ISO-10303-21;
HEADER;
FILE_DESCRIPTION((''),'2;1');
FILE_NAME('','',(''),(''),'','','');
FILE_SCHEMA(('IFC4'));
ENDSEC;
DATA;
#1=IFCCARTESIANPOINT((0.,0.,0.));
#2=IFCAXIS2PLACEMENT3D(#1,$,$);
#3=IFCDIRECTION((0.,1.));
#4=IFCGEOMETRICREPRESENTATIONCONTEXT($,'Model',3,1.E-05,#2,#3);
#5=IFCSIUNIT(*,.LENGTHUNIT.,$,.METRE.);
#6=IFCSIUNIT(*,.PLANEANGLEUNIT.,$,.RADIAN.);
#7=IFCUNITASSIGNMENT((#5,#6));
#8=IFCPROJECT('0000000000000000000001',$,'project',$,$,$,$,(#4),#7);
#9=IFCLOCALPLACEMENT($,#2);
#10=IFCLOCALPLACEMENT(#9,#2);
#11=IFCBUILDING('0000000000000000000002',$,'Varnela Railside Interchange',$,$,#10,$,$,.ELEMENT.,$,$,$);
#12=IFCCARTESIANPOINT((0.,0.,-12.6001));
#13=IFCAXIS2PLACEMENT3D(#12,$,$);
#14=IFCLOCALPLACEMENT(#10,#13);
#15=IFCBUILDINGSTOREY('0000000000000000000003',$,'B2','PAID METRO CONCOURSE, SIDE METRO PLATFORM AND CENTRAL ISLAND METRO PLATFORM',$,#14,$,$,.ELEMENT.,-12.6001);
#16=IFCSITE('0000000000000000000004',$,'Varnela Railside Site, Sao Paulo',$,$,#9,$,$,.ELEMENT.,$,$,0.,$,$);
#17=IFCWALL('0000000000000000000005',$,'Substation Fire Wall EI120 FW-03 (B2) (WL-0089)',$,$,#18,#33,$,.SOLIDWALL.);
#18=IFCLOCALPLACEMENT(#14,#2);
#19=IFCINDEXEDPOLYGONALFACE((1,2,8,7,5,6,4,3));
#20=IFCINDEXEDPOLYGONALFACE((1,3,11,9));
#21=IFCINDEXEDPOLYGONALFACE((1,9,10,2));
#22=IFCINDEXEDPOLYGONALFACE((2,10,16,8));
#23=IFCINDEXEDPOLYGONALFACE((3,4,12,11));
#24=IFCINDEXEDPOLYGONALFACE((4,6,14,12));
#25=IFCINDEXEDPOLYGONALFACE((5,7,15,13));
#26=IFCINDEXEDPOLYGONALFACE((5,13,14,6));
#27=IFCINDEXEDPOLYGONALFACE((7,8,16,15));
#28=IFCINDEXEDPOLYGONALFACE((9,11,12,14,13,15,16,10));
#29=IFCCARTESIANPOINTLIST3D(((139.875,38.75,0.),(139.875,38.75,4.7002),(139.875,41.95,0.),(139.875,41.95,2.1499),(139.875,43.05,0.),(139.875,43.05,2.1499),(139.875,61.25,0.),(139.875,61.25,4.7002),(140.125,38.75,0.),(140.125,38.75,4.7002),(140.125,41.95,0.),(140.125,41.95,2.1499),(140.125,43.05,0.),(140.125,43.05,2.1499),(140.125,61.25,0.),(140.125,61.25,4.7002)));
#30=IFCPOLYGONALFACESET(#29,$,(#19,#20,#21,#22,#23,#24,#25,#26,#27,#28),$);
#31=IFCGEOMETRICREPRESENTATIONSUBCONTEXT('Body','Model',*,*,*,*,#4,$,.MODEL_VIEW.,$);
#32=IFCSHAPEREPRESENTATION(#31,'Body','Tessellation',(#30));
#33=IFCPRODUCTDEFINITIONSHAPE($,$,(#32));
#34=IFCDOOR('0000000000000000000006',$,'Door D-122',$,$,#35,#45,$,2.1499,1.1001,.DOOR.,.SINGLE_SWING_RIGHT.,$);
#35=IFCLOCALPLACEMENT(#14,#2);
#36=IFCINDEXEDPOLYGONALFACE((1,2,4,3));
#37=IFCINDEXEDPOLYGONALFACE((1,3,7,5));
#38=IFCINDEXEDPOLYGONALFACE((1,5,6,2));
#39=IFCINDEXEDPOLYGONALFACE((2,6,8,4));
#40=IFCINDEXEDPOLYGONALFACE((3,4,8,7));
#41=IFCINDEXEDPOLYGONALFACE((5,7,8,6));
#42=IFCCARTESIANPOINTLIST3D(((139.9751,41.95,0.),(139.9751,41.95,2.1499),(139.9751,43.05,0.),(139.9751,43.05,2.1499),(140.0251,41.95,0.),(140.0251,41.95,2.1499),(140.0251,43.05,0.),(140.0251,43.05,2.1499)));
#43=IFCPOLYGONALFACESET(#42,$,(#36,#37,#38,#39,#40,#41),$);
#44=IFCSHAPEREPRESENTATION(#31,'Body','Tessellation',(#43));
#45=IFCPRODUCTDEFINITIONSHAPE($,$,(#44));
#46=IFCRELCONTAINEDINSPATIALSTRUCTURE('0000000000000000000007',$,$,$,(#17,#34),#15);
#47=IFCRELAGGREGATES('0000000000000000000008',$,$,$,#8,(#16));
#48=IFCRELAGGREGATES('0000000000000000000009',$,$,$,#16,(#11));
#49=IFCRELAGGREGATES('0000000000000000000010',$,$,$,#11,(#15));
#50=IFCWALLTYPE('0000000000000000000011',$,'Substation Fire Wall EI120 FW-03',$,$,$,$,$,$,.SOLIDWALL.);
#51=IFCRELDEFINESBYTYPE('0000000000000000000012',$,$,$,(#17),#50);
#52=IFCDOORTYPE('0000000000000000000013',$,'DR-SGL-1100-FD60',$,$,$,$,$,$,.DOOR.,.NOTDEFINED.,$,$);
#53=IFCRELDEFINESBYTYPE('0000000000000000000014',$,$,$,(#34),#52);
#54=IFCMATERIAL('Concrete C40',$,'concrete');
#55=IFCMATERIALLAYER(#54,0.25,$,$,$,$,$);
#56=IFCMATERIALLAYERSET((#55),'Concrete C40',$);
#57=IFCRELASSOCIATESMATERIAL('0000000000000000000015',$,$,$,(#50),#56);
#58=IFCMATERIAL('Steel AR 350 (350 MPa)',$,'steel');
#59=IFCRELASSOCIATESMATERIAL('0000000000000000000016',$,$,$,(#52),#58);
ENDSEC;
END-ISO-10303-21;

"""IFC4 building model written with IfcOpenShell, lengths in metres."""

from ifc_helpers import new_model, si_unit, direction, frame, frame_2d, origin, place, context, subcontext, project, spatial, rectangle, extrude, material, layer, layer_set, type_object, element, fill, save


model = new_model("IFC4")

# Units and contexts
model_context = context("Model", 3, precision=1e-05, world=origin(), true_north=direction((0.0, 1.0)))
body_context = subcontext(model_context, "Body", "Model", "MODEL_VIEW")
ifc_project = project(units=[si_unit("LENGTHUNIT", "METRE"), si_unit("PLANEANGLEUNIT", "RADIAN")], contexts=[model_context])

# Site, building, storey
site_placement = place(None, origin())
site = spatial("IfcSite", under=ifc_project, at=site_placement, Name="Varnela Railside Site, Sao Paulo", CompositionType="ELEMENT", RefElevation=0.0)
building_placement = place(site_placement, origin())
building = spatial("IfcBuilding", under=site, at=building_placement, Name="Varnela Railside Interchange", CompositionType="ELEMENT")
storey_placement = place(building_placement, frame((0.0, 0.0, -12.6001)))
storey = spatial("IfcBuildingStorey", under=building, at=storey_placement, Name="B2", Description="PAID METRO CONCOURSE, SIDE METRO PLATFORM AND CENTRAL ISLAND METRO PLATFORM", CompositionType="ELEMENT", Elevation=-12.6001)

# Shared definitions
ifc_material_1 = material(Name="Concrete C40", Category="concrete")

# Wall, opening, door
ifc_layer = layer(ifc_material_1, 0.25)
ifc_layer_set = layer_set([ifc_layer], Name="Concrete C40")
wall_type = type_object("IfcWallType", Name="Substation Fire Wall EI120 FW-03", PredefinedType="SOLIDWALL", material=ifc_layer_set)
wall_placement = place(storey_placement, frame((140.0, 38.75, 0.0), z_axis=(0.0, 0.0, 1.0), x_axis=(0.0, 1.0, 0.0)))
wall = element("IfcWall", 1, at=wall_placement, inside=storey, type_object=wall_type, Name="Substation Fire Wall EI120 FW-03 (B2) (WL-0089)", PredefinedType="SOLIDWALL", context=body_context, shape_type="SweptSolid", body=[
    extrude(rectangle(XDim=22.5, YDim=0.25, at=frame_2d((11.25, 0.0))), origin(), (0.0, 0.0, 1.0), 4.7002),
])
opening_placement = place(wall_placement, frame((3.2, 0.0, 0.0)))
opening = element("IfcOpeningElement", 2, at=opening_placement, cuts=wall, PredefinedType="OPENING", context=body_context, shape_type="SweptSolid", body=[
    extrude(rectangle(XDim=1.1001, YDim=2.1499, at=frame_2d((0.55, 1.075))), frame((0.0, 0.135, 0.0), z_axis=(0.0, -1.0, 0.0), x_axis=(1.0, 0.0, 0.0)), (0.0, 0.0, 1.0), 0.27),
])
ifc_material_2 = material(Name="Steel AR 350 (350 MPa)", Category="steel")
door_type = type_object("IfcDoorType", Name="DR-SGL-1100-FD60", OperationType="NOTDEFINED", PredefinedType="DOOR", material=ifc_material_2)
door_placement = place(opening_placement, origin())
door = element("IfcDoor", 3, at=door_placement, inside=storey, type_object=door_type, Name="Door D-122", OperationType="SINGLE_SWING_RIGHT", OverallHeight=2.1499, OverallWidth=1.1001, PredefinedType="DOOR", context=body_context, shape_type="SweptSolid", body=[
    extrude(rectangle(XDim=1.1001, YDim=2.1499, at=frame_2d((0.55, 1.075))), frame((0.0, 0.0249, 0.0), z_axis=(0.0, -1.0, 0.0), x_axis=(1.0, 0.0, 0.0)), (0.0, 0.0, 1.0), 0.05),
])
fill(opening, door)

save(model, "model.ifc")
